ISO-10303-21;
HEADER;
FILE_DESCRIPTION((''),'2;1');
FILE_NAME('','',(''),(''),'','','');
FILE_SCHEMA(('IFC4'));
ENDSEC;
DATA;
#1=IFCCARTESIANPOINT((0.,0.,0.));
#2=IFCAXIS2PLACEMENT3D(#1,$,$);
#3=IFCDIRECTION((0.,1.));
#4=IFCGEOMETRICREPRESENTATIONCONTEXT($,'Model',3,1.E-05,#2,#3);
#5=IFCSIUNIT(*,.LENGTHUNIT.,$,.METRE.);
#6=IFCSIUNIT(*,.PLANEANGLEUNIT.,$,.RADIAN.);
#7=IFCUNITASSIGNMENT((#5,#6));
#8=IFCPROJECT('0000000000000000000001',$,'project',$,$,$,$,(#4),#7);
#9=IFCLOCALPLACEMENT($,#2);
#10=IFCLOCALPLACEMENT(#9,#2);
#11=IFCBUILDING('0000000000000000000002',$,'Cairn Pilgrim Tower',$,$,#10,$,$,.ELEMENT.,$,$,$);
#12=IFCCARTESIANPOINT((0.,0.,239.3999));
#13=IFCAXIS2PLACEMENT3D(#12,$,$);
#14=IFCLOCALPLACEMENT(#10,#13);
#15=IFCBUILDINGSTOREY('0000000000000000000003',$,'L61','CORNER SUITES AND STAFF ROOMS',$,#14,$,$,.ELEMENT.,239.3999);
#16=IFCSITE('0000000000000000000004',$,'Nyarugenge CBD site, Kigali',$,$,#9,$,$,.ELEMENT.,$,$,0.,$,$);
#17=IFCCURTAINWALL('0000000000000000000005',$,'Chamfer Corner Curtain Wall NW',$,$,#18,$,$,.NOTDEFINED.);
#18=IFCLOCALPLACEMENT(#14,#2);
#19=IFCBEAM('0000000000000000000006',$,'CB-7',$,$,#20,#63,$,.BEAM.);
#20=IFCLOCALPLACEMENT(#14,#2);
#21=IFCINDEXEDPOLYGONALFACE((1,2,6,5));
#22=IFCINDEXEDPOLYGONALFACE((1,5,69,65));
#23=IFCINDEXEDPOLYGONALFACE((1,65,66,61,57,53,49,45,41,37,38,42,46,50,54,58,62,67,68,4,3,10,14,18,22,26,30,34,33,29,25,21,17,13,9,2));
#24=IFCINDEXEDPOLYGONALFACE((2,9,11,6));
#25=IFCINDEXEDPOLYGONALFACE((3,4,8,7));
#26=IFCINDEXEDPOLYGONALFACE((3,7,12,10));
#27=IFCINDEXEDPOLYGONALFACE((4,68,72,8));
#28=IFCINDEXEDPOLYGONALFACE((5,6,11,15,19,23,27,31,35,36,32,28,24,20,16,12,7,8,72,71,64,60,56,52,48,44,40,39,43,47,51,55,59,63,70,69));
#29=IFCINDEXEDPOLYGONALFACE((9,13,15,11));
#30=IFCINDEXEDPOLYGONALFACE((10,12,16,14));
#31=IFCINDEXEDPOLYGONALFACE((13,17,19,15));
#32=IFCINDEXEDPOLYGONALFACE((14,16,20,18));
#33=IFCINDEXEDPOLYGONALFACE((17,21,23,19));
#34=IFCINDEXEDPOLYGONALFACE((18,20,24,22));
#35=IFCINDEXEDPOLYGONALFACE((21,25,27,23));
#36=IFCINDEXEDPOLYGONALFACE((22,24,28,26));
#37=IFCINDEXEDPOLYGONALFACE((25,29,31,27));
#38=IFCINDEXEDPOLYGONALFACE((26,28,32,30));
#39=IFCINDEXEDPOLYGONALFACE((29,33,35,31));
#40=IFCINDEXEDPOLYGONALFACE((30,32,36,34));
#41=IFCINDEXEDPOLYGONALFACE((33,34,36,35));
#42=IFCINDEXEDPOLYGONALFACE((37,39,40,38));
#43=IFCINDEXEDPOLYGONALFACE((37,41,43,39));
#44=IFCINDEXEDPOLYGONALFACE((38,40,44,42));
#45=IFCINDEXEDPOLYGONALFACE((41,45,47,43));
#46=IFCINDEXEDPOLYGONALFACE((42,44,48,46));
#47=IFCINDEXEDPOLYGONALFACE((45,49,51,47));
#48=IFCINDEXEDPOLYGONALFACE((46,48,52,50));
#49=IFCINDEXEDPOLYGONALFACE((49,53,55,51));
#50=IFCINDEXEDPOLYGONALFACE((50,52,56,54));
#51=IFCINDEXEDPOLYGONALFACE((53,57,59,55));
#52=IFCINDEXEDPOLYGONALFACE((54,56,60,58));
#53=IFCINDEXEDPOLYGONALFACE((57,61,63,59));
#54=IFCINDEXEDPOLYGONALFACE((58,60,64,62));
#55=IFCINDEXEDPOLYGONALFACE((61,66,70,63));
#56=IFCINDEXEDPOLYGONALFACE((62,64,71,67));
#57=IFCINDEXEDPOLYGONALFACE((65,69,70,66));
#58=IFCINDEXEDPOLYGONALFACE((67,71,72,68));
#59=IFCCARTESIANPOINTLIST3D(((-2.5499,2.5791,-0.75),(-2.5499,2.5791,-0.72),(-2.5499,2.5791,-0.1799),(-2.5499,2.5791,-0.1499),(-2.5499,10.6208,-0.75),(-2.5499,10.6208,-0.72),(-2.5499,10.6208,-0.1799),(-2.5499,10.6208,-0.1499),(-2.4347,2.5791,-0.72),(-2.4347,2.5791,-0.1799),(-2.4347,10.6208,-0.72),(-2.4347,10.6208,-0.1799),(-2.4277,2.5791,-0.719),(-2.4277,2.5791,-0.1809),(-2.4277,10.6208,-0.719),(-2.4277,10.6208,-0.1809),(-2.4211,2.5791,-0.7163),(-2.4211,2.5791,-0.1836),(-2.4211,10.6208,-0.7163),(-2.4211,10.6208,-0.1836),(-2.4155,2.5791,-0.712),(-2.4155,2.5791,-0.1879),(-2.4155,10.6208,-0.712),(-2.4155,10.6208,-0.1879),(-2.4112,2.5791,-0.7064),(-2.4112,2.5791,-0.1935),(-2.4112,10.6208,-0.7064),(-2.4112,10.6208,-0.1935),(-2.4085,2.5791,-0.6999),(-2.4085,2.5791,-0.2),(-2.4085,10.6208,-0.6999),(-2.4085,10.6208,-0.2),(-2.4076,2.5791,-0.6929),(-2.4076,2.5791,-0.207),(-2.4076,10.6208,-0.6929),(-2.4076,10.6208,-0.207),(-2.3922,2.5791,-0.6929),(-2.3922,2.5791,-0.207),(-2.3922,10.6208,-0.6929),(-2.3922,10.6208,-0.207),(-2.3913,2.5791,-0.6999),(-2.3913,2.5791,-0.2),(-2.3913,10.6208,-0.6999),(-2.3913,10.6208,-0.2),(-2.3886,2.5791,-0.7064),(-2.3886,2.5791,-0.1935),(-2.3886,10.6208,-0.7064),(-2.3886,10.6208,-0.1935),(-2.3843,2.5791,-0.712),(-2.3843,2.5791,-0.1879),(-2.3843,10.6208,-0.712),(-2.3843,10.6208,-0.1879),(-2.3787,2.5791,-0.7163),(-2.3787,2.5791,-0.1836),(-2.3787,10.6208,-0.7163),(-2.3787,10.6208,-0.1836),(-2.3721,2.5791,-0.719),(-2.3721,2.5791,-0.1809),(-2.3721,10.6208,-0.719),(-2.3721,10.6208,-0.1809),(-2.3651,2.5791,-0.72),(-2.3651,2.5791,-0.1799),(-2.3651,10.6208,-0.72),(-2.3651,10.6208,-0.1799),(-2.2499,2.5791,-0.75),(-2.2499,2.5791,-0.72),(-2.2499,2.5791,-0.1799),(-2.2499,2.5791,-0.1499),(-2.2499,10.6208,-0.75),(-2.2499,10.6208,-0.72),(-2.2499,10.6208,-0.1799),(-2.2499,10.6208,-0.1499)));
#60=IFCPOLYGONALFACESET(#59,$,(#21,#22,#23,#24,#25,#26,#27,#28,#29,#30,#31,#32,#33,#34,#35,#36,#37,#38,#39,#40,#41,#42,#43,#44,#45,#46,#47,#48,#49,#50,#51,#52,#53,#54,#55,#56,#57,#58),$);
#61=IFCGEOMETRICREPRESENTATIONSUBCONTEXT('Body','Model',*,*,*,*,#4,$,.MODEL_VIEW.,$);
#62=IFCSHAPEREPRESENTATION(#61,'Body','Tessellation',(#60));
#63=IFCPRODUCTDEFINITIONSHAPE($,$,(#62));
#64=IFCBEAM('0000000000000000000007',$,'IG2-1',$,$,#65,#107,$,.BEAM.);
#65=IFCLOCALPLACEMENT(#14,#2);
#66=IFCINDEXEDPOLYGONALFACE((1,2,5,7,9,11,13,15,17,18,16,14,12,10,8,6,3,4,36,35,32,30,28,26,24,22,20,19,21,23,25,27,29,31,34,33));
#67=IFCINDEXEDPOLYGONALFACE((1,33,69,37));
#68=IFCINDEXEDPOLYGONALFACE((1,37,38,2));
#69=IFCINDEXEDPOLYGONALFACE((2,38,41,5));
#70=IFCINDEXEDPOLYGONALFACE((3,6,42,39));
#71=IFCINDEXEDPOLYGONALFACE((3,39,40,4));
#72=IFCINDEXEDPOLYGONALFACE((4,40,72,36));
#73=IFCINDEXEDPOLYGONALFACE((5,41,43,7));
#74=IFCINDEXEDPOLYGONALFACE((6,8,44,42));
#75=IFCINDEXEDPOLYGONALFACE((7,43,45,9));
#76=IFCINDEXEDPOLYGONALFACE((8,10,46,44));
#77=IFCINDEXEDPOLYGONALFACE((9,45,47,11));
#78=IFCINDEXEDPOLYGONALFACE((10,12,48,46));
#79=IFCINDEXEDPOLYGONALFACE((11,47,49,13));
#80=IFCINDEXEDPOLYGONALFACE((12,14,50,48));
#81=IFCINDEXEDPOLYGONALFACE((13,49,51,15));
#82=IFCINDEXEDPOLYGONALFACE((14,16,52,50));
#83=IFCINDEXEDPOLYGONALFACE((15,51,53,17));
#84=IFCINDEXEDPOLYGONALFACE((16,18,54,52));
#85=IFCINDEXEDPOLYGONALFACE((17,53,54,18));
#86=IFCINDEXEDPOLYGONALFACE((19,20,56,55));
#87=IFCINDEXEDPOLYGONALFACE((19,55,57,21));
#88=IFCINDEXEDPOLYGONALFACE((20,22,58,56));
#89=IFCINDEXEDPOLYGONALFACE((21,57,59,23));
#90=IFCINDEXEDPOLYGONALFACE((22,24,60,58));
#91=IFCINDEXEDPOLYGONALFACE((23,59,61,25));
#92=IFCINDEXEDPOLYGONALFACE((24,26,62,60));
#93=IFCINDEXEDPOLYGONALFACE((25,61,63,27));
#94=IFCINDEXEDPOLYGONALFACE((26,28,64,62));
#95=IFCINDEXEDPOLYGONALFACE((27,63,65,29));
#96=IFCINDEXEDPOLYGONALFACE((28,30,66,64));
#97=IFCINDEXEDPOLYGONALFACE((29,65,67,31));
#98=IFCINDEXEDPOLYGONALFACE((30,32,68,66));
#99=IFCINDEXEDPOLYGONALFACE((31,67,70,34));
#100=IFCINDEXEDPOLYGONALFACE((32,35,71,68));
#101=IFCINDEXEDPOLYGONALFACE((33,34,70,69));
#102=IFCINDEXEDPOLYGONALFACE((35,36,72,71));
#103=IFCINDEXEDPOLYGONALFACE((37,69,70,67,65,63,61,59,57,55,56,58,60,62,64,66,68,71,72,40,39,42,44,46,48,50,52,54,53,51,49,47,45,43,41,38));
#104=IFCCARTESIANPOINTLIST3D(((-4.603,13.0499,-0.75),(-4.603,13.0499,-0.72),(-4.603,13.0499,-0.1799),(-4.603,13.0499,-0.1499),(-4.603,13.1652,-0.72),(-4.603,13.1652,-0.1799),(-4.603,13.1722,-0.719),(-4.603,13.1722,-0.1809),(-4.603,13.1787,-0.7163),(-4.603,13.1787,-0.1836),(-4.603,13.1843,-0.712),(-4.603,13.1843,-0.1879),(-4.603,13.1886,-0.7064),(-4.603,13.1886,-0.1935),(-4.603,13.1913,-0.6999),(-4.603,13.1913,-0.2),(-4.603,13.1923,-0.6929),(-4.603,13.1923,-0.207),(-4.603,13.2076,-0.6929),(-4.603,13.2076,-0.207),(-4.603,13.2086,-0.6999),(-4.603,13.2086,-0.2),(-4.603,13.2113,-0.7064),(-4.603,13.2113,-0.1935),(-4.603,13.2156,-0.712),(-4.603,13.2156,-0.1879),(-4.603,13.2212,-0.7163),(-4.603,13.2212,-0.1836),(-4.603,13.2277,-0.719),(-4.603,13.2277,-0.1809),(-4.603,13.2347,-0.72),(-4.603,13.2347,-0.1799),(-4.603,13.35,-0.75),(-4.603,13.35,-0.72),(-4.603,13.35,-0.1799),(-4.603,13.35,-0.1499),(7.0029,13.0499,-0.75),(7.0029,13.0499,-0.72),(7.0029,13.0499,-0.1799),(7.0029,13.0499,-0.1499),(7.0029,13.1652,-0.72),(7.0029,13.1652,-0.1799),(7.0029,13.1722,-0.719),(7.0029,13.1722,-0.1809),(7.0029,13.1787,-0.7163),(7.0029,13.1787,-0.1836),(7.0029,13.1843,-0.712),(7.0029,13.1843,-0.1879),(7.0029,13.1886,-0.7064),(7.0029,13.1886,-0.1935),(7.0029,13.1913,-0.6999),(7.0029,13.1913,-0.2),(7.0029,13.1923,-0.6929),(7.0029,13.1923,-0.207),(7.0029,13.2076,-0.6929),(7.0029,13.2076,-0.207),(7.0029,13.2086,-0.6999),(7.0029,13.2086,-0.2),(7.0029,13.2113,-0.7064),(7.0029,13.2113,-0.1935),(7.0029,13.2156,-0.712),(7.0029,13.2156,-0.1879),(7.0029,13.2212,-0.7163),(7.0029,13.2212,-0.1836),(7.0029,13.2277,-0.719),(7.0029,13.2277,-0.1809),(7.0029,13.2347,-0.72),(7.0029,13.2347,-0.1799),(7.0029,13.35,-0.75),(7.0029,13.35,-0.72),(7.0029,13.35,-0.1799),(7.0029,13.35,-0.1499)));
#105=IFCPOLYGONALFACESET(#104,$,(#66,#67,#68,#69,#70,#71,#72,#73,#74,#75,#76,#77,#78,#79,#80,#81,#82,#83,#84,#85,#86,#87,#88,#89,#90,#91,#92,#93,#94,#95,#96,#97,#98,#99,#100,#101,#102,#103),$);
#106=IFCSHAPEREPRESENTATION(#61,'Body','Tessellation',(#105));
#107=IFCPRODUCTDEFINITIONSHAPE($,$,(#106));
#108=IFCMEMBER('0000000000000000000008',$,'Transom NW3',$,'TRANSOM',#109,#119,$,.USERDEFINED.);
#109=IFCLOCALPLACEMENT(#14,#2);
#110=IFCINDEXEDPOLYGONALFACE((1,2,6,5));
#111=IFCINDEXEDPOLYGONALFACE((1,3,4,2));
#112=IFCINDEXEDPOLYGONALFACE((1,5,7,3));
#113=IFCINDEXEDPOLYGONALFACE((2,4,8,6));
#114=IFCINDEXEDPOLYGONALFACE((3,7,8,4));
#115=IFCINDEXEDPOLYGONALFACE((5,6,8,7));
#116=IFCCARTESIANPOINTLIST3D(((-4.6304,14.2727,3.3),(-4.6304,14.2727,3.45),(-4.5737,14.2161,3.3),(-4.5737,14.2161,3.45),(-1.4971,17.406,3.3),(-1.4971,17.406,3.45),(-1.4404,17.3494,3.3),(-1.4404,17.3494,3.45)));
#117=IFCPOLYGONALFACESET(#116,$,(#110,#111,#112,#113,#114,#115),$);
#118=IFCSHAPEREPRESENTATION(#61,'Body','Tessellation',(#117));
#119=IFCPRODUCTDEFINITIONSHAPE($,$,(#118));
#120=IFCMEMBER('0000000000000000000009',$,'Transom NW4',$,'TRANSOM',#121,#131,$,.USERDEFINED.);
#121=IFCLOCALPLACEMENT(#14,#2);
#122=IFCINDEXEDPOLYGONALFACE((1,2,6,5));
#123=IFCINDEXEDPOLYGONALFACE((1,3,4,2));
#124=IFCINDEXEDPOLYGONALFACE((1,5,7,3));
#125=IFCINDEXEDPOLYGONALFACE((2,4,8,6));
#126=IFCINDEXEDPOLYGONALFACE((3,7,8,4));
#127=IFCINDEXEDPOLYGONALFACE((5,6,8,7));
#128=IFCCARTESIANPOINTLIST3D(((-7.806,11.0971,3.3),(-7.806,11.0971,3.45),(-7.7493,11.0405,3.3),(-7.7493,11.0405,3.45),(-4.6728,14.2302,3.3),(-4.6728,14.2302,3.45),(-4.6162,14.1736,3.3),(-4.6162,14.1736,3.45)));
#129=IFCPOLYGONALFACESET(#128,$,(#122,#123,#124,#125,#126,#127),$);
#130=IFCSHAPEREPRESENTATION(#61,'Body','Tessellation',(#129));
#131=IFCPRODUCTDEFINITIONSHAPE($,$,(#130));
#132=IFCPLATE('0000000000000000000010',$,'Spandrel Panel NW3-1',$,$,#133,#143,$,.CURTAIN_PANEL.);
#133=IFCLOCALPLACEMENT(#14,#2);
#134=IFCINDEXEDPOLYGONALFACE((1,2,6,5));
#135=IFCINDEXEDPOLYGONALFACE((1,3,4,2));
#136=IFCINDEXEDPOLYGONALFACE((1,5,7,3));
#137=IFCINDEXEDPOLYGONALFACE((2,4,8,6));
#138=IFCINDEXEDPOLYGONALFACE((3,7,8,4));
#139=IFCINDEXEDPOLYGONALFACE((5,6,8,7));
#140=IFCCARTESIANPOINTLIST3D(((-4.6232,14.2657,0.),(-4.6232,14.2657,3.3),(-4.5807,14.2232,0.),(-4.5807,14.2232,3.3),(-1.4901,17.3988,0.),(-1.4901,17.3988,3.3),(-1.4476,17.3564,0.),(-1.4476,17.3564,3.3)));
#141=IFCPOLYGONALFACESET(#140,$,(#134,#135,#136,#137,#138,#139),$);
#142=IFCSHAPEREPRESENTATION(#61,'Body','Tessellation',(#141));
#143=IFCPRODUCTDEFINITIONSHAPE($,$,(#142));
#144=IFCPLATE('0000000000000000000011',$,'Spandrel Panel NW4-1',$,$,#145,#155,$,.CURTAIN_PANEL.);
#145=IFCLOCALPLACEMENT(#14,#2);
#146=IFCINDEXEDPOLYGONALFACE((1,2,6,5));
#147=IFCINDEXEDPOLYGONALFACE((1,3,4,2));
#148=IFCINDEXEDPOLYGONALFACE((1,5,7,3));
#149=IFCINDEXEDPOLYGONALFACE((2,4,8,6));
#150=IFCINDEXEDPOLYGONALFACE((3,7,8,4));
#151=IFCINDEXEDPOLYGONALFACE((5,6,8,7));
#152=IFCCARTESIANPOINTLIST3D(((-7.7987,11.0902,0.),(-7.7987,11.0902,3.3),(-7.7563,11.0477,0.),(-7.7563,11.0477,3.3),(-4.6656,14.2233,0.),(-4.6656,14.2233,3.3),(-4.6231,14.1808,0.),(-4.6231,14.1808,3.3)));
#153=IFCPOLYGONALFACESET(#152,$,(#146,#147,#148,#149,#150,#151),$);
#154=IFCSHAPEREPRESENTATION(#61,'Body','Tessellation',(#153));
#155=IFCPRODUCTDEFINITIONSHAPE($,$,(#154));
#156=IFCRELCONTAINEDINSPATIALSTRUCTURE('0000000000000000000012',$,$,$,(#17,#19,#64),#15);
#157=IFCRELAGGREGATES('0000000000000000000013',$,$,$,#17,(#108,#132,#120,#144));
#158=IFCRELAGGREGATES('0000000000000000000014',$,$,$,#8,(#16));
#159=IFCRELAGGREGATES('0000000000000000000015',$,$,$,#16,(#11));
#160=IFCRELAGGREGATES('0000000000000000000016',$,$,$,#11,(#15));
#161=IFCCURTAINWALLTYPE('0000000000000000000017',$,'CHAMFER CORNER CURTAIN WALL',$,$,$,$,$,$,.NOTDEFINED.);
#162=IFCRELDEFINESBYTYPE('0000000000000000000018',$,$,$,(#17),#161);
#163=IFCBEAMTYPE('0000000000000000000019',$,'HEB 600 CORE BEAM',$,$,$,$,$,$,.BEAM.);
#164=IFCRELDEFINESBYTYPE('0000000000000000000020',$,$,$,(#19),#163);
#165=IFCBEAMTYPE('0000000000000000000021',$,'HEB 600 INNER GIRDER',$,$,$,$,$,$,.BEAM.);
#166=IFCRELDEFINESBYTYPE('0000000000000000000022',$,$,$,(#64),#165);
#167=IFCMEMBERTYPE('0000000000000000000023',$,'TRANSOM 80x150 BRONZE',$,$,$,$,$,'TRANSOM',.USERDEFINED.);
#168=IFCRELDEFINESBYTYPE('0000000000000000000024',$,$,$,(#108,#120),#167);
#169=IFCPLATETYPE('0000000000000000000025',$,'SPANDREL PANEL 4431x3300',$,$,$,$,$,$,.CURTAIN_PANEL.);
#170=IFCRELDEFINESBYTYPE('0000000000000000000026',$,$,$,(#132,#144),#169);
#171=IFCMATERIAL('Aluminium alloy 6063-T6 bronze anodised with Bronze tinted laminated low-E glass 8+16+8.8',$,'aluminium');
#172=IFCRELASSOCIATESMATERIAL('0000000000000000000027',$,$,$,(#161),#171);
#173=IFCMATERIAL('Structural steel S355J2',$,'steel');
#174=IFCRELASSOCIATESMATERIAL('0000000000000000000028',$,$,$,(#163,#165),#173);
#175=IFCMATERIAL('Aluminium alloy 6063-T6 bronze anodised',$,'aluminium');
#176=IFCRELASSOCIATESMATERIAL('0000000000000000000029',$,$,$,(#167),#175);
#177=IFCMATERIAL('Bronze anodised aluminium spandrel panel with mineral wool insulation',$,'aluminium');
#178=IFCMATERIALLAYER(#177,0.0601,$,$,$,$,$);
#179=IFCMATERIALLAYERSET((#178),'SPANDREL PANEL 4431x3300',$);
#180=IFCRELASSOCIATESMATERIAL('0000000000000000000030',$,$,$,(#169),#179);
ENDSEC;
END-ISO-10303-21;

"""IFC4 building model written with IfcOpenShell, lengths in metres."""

from ifc_helpers import new_model, si_unit, direction, frame, origin, origin_2d, place, context, subcontext, project, spatial, rectangle, i_section, extrude, material, layer, layer_set, material_profile, profile_set, type_object, element, aggregate, save


model = new_model("IFC4")

# Units and contexts
model_context = context("Model", 3, precision=1e-05, world=origin(), true_north=direction((0.0, 1.0)))
body_context = subcontext(model_context, "Body", "Model", "MODEL_VIEW")
ifc_project = project(units=[si_unit("LENGTHUNIT", "METRE"), si_unit("PLANEANGLEUNIT", "RADIAN")], contexts=[model_context])

# Site, building, storey
site_placement = place(None, origin())
site = spatial("IfcSite", under=ifc_project, at=site_placement, Name="Nyarugenge CBD site, Kigali", CompositionType="ELEMENT", RefElevation=0.0)
building_placement = place(site_placement, origin())
building = spatial("IfcBuilding", under=site, at=building_placement, Name="Cairn Pilgrim Tower", CompositionType="ELEMENT")
storey_placement = place(building_placement, frame((0.0, 0.0, 239.3999)))
storey = spatial("IfcBuildingStorey", under=building, at=storey_placement, Name="L61", Description="CORNER SUITES AND STAFF ROOMS", CompositionType="ELEMENT", Elevation=239.3999)

# Shared definitions
ifc_material_1 = material(Name="Structural steel S355J2", Category="steel")

# Curtain wall
ifc_material_2 = material(Name="Aluminium alloy 6063-T6 bronze anodised with Bronze tinted laminated low-E glass 8+16+8.8", Category="aluminium")
curtain_wall_type = type_object("IfcCurtainWallType", Name="CHAMFER CORNER CURTAIN WALL", PredefinedType="NOTDEFINED", material=ifc_material_2)
curtain_wall_placement = place(storey_placement, origin())
curtain_wall = element("IfcCurtainWall", 1, at=curtain_wall_placement, inside=storey, type_object=curtain_wall_type, Name="Chamfer Corner Curtain Wall NW", PredefinedType="NOTDEFINED")
ifc_material_3 = material(Name="Aluminium alloy 6063-T6 bronze anodised", Category="aluminium")

# Beams
ifc_material_profile_1 = material_profile(ifc_material_1, i_section(OverallWidth=0.3, OverallDepth=0.6001, WebThickness=0.0154, FlangeThickness=0.03, FilletRadius=0.0271, at=origin_2d()), Name="HEB 600")
ifc_profile_set_1 = profile_set([ifc_material_profile_1], Name="Structural steel S355J2")
beam_type_1 = type_object("IfcBeamType", Name="HEB 600 CORE BEAM", PredefinedType="BEAM", material=ifc_profile_set_1)
beam_1_placement = place(storey_placement, frame((-2.3999, 10.6208, -0.45), z_axis=(0.0, -1.0, 0.0), x_axis=(1.0, 0.0, 0.0)))
element("IfcBeam", 2, at=beam_1_placement, inside=storey, type_object=beam_type_1, Name="CB-7", PredefinedType="BEAM", context=body_context, shape_type="SweptSolid", body=[
    extrude(i_section(OverallWidth=0.3, OverallDepth=0.6001, WebThickness=0.0154, FlangeThickness=0.03, FilletRadius=0.0271, at=origin_2d()), origin(), (0.0, 0.0, 1.0), 8.0417),
])
ifc_material_profile_2 = material_profile(ifc_material_1, i_section(OverallWidth=0.3, OverallDepth=0.6001, WebThickness=0.0154, FlangeThickness=0.03, FilletRadius=0.0271, at=origin_2d()), Name="HEB 600")
ifc_profile_set_2 = profile_set([ifc_material_profile_2], Name="Structural steel S355J2")
beam_type_2 = type_object("IfcBeamType", Name="HEB 600 INNER GIRDER", PredefinedType="BEAM", material=ifc_profile_set_2)
beam_2_placement = place(storey_placement, frame((-4.603, 13.2, -0.45), z_axis=(1.0, 0.0, 0.0), x_axis=(0.0, 1.0, 0.0)))
element("IfcBeam", 3, at=beam_2_placement, inside=storey, type_object=beam_type_2, Name="IG2-1", PredefinedType="BEAM", context=body_context, shape_type="SweptSolid", body=[
    extrude(i_section(OverallWidth=0.3, OverallDepth=0.6001, WebThickness=0.0154, FlangeThickness=0.03, FilletRadius=0.0271, at=origin_2d()), origin(), (0.0, 0.0, 1.0), 11.606),
])

# Members
ifc_material_profile_3 = material_profile(ifc_material_3, rectangle(XDim=0.0801, YDim=0.1499, at=origin_2d()), Name="TRANSOM 80x150 BRONZE")
ifc_profile_set_3 = profile_set([ifc_material_profile_3], Name="Aluminium alloy 6063-T6 bronze anodised")
member_type_1 = type_object("IfcMemberType", Name="TRANSOM 80x150 BRONZE", ElementType="TRANSOM", PredefinedType="USERDEFINED", material=ifc_profile_set_3)
member_1_placement = place(storey_placement, frame((-1.4688, 17.3777, 3.375), z_axis=(-0.707107, -0.707107, 0.0), x_axis=(0.707107, -0.707107, 0.0)))
member_1 = element("IfcMember", 4, at=member_1_placement, type_object=member_type_1, Name="Transom NW3", ObjectType="TRANSOM", PredefinedType="USERDEFINED", context=body_context, shape_type="SweptSolid", body=[
    extrude(rectangle(XDim=0.0801, YDim=0.1499, at=origin_2d()), origin(), (0.0, 0.0, 1.0), 4.4312),
])
member_2_placement = place(storey_placement, frame((-4.6445, 14.2019, 3.375), z_axis=(-0.707107, -0.707107, 0.0), x_axis=(0.707107, -0.707107, 0.0)))
member_2 = element("IfcMember", 5, at=member_2_placement, type_object=member_type_1, Name="Transom NW4", ObjectType="TRANSOM", PredefinedType="USERDEFINED", context=body_context, shape_type="SweptSolid", body=[
    extrude(rectangle(XDim=0.0801, YDim=0.1499, at=origin_2d()), origin(), (0.0, 0.0, 1.0), 4.4309),
])

# Plates
ifc_material_4 = material(Name="Bronze anodised aluminium spandrel panel with mineral wool insulation", Category="aluminium")
ifc_layer_1 = layer(ifc_material_4, 0.0601)
ifc_layer_set_1 = layer_set([ifc_layer_1], Name="SPANDREL PANEL 4431x3300")
plate_type = type_object("IfcPlateType", Name="SPANDREL PANEL 4431x3300", PredefinedType="CURTAIN_PANEL", material=ifc_layer_set_1)
plate_1_placement = place(storey_placement, frame((-3.0354, 15.811, 0.0), z_axis=(0.0, 0.0, 1.0), x_axis=(-0.707107, -0.707107, 0.0)))
plate_1 = element("IfcPlate", 6, at=plate_1_placement, type_object=plate_type, Name="Spandrel Panel NW3-1", PredefinedType="CURTAIN_PANEL", context=body_context, shape_type="SweptSolid", body=[
    extrude(rectangle(XDim=4.4309, YDim=0.0601, at=origin_2d()), origin(), (0.0, 0.0, 1.0), 3.3),
])
plate_2_placement = place(storey_placement, frame((-6.2109, 12.6355, 0.0), z_axis=(0.0, 0.0, 1.0), x_axis=(-0.707107, -0.707107, 0.0)))
plate_2 = element("IfcPlate", 7, at=plate_2_placement, type_object=plate_type, Name="Spandrel Panel NW4-1", PredefinedType="CURTAIN_PANEL", context=body_context, shape_type="SweptSolid", body=[
    extrude(rectangle(XDim=4.4309, YDim=0.0601, at=origin_2d()), origin(), (0.0, 0.0, 1.0), 3.3),
])
aggregate(curtain_wall, [member_1, plate_1, member_2, plate_2])

save(model, "model.ifc")
